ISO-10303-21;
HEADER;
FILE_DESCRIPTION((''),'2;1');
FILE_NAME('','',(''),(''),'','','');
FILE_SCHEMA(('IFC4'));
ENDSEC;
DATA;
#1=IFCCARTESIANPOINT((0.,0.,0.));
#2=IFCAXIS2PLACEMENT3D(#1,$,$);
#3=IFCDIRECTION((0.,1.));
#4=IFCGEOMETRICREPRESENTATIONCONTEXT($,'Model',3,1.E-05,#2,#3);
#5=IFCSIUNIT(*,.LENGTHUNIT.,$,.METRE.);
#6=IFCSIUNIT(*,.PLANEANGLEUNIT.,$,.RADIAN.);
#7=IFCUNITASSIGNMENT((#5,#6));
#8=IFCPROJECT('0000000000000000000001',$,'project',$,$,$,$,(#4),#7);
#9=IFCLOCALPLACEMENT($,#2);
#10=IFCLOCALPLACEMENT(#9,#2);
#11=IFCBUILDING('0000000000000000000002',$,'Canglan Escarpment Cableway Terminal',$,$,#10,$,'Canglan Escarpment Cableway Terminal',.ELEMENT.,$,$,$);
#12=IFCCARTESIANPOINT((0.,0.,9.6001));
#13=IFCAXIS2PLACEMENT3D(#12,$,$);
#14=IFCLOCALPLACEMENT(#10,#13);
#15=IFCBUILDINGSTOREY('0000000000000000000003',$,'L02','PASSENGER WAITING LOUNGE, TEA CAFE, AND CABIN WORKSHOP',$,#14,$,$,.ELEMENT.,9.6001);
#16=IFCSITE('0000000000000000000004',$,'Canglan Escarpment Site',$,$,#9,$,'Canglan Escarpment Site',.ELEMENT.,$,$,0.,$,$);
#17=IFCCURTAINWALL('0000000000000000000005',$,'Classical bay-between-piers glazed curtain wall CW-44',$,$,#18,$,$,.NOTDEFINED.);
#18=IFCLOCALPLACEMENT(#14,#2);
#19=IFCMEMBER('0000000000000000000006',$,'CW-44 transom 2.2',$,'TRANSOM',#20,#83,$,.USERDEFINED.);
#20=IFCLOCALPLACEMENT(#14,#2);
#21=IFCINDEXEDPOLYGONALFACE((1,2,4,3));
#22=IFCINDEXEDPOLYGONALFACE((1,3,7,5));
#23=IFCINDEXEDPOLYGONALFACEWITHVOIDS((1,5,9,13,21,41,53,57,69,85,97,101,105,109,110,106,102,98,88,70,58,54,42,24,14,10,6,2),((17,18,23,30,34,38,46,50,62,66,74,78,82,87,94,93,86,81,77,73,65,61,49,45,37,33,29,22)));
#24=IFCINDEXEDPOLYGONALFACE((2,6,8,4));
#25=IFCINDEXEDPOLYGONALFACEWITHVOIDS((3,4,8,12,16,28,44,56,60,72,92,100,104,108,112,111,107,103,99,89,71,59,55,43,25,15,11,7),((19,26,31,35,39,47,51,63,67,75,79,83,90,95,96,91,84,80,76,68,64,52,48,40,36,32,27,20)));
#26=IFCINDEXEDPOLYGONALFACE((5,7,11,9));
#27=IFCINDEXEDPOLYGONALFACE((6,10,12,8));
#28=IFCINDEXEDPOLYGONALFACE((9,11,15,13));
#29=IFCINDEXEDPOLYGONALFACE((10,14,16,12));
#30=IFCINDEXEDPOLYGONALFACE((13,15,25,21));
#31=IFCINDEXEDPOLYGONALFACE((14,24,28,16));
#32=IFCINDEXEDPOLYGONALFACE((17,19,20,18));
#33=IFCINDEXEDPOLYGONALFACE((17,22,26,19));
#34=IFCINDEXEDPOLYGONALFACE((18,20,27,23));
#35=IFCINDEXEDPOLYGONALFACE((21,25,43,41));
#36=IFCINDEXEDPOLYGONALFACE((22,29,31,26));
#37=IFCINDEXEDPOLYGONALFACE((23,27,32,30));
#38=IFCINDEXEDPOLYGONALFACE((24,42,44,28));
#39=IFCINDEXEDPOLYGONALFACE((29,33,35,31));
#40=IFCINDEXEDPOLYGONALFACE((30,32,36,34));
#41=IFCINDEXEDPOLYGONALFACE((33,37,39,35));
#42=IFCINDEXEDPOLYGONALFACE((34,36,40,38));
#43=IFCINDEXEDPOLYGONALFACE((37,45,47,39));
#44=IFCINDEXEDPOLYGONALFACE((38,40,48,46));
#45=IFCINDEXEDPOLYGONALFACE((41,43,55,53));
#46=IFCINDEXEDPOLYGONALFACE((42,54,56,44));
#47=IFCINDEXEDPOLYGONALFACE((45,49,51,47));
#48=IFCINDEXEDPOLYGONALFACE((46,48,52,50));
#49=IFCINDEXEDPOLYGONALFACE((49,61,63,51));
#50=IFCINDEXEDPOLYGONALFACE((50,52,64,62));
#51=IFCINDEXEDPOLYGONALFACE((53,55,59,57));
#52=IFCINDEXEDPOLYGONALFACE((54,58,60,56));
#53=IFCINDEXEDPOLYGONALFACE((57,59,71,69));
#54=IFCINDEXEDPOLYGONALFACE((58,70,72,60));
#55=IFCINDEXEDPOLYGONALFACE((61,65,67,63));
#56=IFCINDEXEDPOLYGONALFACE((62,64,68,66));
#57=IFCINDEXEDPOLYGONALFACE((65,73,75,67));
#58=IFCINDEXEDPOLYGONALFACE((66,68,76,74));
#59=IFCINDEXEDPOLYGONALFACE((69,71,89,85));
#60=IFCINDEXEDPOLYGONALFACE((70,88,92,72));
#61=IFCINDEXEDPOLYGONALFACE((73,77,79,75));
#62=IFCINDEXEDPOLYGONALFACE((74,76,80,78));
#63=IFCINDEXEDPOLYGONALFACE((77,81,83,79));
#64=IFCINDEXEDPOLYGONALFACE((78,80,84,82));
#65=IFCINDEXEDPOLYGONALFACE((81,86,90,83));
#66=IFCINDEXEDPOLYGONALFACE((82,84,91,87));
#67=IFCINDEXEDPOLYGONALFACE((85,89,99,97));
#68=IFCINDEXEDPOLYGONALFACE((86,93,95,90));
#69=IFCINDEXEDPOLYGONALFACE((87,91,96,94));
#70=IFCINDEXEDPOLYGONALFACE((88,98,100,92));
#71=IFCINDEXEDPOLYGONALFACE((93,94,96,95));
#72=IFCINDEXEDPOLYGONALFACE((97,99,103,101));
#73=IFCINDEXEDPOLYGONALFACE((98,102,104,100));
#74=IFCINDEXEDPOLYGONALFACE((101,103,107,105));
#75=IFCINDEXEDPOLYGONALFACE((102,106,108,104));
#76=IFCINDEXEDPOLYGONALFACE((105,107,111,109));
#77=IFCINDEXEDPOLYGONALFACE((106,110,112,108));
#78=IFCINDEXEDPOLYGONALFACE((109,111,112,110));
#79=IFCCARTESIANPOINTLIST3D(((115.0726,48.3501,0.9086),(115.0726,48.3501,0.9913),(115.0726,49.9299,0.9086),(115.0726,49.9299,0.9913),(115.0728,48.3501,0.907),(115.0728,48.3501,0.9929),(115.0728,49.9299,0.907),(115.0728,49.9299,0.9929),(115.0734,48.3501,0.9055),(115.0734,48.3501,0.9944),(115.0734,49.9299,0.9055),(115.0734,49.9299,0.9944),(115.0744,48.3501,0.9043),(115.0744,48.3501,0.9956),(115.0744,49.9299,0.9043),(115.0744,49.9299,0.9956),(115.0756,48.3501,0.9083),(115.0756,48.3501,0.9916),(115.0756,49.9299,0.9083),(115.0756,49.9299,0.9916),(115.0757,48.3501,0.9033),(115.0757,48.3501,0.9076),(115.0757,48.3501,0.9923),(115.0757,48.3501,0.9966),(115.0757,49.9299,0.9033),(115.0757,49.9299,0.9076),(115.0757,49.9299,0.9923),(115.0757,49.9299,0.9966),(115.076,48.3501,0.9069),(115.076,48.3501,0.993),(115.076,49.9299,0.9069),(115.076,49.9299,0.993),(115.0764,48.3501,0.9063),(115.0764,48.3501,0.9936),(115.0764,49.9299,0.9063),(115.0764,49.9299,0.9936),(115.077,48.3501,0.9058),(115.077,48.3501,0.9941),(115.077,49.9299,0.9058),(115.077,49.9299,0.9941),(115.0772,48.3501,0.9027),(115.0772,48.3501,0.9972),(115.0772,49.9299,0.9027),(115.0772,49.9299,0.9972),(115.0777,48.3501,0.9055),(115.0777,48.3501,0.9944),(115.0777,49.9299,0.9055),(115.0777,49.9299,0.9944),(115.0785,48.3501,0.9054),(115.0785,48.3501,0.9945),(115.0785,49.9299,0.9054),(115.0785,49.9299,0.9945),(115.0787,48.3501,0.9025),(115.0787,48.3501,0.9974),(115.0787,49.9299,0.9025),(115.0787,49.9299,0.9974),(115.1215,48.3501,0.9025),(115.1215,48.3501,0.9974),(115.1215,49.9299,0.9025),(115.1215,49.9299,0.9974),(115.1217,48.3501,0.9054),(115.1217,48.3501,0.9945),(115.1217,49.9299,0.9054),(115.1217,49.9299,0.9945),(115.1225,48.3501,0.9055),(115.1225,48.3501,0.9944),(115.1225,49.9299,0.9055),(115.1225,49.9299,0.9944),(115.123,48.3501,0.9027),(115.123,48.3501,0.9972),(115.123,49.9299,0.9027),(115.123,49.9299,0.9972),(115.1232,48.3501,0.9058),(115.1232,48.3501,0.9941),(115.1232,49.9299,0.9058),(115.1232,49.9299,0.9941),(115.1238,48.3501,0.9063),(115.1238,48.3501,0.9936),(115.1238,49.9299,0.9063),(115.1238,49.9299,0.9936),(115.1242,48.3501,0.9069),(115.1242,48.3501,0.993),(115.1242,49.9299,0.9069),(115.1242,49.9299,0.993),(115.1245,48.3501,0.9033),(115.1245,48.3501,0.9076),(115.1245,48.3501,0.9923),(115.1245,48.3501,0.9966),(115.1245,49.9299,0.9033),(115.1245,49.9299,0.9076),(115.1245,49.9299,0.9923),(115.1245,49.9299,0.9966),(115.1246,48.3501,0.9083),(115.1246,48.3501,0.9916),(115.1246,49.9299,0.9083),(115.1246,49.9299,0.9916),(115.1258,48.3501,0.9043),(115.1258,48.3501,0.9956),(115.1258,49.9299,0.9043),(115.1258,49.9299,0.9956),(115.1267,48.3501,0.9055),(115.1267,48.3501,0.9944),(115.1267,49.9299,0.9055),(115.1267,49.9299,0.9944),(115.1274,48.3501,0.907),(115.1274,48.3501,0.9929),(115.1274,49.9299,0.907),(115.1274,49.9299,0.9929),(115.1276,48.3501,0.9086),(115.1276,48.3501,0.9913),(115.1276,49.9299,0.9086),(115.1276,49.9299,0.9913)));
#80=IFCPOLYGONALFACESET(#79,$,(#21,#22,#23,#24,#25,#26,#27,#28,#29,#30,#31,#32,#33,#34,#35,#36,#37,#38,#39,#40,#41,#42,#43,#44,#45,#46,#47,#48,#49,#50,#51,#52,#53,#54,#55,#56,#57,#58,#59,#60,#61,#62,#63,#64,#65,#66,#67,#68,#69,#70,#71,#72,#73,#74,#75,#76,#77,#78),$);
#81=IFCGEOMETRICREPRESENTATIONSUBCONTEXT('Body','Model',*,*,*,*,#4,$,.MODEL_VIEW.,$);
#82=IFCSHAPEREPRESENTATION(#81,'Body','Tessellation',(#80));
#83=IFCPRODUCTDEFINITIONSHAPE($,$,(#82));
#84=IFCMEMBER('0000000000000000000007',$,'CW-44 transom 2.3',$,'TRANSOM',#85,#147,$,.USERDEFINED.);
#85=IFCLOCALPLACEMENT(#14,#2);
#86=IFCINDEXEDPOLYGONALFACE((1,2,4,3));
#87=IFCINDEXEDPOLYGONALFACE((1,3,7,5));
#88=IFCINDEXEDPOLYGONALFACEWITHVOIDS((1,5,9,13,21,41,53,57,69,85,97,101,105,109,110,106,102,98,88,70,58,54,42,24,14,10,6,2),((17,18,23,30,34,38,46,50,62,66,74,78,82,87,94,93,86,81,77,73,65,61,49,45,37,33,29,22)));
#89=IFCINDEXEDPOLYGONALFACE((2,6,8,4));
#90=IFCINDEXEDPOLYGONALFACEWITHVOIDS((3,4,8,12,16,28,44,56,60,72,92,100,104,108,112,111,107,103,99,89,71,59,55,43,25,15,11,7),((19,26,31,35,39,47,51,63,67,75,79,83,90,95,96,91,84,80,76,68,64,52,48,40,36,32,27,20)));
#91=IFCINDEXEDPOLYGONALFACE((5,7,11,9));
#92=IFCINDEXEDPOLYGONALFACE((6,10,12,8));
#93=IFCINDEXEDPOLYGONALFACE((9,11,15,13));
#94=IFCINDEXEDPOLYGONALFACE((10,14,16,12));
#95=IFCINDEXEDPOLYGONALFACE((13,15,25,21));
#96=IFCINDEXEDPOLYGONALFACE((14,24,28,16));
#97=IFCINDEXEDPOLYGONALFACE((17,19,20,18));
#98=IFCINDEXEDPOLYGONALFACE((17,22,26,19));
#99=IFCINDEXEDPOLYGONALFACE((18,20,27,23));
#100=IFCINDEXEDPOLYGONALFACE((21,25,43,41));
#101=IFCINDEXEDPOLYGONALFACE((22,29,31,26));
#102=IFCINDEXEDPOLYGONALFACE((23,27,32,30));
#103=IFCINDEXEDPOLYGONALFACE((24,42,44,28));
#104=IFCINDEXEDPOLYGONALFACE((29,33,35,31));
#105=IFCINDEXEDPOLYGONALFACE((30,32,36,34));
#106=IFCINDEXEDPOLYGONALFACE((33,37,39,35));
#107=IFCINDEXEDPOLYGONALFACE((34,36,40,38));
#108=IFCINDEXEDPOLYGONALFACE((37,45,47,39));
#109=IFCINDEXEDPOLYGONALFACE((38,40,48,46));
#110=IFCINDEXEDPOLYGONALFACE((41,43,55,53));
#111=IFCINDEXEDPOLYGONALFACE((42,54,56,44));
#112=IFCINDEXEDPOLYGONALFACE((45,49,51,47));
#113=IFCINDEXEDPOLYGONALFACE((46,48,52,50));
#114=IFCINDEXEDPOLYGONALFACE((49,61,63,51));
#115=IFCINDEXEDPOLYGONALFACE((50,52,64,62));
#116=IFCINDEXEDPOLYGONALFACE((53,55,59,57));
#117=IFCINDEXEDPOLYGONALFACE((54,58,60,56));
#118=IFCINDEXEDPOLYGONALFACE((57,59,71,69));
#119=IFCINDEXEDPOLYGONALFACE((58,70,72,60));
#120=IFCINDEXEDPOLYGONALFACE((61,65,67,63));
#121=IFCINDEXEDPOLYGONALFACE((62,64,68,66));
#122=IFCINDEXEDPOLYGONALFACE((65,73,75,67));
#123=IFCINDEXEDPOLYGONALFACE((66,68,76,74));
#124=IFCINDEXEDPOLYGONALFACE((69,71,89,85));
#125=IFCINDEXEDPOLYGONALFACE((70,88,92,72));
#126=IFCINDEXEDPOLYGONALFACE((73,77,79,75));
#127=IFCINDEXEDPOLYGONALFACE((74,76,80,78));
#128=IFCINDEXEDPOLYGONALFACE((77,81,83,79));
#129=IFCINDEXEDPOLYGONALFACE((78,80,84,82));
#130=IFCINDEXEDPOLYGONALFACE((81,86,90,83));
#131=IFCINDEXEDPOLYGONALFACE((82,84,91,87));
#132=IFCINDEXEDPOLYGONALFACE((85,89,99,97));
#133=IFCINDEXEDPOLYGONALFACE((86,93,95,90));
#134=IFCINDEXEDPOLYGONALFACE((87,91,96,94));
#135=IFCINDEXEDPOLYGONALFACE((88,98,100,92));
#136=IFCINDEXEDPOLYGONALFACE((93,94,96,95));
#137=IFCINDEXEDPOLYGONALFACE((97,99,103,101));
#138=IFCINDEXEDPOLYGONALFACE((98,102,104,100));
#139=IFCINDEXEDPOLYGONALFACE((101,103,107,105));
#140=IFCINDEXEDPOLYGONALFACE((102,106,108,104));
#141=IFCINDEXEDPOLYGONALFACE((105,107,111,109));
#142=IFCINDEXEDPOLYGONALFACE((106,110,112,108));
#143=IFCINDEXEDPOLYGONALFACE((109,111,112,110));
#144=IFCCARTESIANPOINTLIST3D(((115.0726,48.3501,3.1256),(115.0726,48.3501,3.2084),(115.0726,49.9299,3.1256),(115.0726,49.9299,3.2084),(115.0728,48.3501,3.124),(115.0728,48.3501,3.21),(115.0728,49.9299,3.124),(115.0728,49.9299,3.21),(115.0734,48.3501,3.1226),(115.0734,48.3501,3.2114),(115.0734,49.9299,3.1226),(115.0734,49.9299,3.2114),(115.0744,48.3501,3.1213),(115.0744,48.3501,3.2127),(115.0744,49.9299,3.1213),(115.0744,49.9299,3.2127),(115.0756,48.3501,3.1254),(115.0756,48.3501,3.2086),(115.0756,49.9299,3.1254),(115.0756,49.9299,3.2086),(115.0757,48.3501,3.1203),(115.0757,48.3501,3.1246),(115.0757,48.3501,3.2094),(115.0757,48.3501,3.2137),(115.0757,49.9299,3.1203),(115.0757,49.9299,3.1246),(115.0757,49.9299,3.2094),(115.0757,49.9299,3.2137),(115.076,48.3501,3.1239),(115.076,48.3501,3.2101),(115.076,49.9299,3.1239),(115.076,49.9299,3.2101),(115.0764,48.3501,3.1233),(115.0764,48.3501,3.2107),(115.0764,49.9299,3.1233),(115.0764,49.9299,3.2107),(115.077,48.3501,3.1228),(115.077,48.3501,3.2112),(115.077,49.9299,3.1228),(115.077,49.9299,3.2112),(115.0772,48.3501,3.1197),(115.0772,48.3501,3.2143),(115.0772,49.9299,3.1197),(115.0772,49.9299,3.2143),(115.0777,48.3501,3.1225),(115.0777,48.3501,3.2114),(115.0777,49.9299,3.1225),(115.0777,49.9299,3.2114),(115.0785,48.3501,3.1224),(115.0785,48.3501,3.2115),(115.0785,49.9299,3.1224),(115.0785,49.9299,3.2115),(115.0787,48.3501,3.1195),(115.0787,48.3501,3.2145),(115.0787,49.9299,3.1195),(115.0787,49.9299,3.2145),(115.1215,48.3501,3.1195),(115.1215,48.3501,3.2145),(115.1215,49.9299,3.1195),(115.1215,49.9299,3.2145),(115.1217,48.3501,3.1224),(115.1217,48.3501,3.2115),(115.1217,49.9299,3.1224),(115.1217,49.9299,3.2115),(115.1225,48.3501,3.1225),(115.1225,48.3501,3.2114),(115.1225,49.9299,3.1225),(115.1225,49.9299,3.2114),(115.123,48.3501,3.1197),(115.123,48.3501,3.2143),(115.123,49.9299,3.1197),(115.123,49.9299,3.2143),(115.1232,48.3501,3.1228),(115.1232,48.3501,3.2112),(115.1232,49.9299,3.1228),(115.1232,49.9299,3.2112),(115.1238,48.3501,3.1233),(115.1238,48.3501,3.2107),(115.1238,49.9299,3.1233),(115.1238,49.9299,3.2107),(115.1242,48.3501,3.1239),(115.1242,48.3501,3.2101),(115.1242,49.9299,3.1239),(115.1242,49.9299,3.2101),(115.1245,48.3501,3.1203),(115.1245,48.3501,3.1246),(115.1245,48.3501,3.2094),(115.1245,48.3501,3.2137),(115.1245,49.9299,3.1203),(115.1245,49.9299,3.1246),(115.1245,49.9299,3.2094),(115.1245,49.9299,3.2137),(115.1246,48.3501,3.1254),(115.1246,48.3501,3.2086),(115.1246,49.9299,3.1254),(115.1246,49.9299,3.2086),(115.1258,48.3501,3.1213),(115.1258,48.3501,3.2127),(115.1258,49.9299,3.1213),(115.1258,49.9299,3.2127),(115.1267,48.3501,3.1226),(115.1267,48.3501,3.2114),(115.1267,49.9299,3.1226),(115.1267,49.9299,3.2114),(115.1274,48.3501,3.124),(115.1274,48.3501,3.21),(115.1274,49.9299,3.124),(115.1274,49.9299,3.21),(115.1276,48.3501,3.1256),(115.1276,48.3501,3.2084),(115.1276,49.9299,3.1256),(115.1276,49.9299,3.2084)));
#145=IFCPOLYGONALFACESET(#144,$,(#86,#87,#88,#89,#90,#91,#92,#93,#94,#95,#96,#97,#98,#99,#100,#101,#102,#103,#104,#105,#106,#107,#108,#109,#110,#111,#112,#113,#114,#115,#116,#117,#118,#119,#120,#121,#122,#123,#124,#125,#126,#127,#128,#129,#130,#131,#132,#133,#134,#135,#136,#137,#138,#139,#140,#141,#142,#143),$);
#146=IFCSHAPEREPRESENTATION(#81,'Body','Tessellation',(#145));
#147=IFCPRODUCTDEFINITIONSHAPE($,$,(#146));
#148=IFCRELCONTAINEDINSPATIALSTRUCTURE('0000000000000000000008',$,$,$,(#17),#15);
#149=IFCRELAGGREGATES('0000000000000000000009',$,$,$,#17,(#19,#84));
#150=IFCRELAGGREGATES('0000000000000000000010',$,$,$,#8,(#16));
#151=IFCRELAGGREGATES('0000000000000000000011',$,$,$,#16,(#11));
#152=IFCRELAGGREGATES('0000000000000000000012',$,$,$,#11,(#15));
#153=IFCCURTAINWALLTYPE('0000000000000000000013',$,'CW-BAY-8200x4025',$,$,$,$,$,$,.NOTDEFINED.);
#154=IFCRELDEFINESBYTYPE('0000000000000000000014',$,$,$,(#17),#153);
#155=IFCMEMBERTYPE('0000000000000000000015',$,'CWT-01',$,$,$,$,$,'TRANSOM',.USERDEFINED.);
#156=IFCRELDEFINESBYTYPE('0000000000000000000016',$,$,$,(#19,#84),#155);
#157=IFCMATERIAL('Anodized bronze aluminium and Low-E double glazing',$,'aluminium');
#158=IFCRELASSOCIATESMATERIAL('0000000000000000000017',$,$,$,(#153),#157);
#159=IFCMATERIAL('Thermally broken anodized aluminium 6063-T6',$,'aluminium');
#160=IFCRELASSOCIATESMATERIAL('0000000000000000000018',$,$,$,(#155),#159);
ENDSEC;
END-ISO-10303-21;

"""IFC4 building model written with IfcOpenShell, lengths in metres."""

from ifc_helpers import new_model, si_unit, direction, frame, origin, origin_2d, place, context, subcontext, project, spatial, hollow_rectangle, extrude, material, material_profile, profile_set, type_object, element, aggregate, save


model = new_model("IFC4")

# Units and contexts
model_context = context("Model", 3, precision=1e-05, world=origin(), true_north=direction((0.0, 1.0)))
body_context = subcontext(model_context, "Body", "Model", "MODEL_VIEW")
ifc_project = project(units=[si_unit("LENGTHUNIT", "METRE"), si_unit("PLANEANGLEUNIT", "RADIAN")], contexts=[model_context])

# Site, building, storey
site_placement = place(None, origin())
site = spatial("IfcSite", under=ifc_project, at=site_placement, Name="Canglan Escarpment Site", LongName="Canglan Escarpment Site", CompositionType="ELEMENT", RefElevation=0.0)
building_placement = place(site_placement, origin())
building = spatial("IfcBuilding", under=site, at=building_placement, Name="Canglan Escarpment Cableway Terminal", LongName="Canglan Escarpment Cableway Terminal", CompositionType="ELEMENT")
storey_placement = place(building_placement, frame((0.0, 0.0, 9.6001)))
storey = spatial("IfcBuildingStorey", under=building, at=storey_placement, Name="L02", Description="PASSENGER WAITING LOUNGE, TEA CAFE, AND CABIN WORKSHOP", CompositionType="ELEMENT", Elevation=9.6001)

# Curtain wall, members
ifc_material_1 = material(Name="Anodized bronze aluminium and Low-E double glazing", Category="aluminium")
curtain_wall_type = type_object("IfcCurtainWallType", Name="CW-BAY-8200x4025", PredefinedType="NOTDEFINED", material=ifc_material_1)
curtain_wall_placement = place(storey_placement, origin())
curtain_wall = element("IfcCurtainWall", 1, at=curtain_wall_placement, inside=storey, type_object=curtain_wall_type, Name="Classical bay-between-piers glazed curtain wall CW-44", PredefinedType="NOTDEFINED")
ifc_material_2 = material(Name="Thermally broken anodized aluminium 6063-T6", Category="aluminium")
ifc_material_profile_1 = material_profile(ifc_material_2, hollow_rectangle(XDim=0.0549, YDim=0.095, WallThickness=0.0029, InnerFilletRadius=0.0029, OuterFilletRadius=0.0061, at=origin_2d()), Name="ALU-TRAN 55x95x3")
ifc_profile_set_1 = profile_set([ifc_material_profile_1], Name="Thermally broken anodized aluminium 6063-T6")
member_type_1 = type_object("IfcMemberType", Name="CWT-01", ElementType="TRANSOM", PredefinedType="USERDEFINED", material=ifc_profile_set_1)
member_1_placement = place(storey_placement, frame((115.1001, 49.9299, 0.95), z_axis=(0.0, -1.0, 0.0), x_axis=(1.0, 0.0, 0.0)))
member_1 = element("IfcMember", 2, at=member_1_placement, type_object=member_type_1, Name="CW-44 transom 2.2", ObjectType="TRANSOM", PredefinedType="USERDEFINED", context=body_context, shape_type="SweptSolid", body=[
    extrude(hollow_rectangle(XDim=0.0549, YDim=0.095, WallThickness=0.0029, InnerFilletRadius=0.0029, OuterFilletRadius=0.0061, at=origin_2d()), origin(), (0.0, 0.0, 1.0), 1.5798),
])
member_2_placement = place(storey_placement, frame((115.1001, 49.9299, 3.167), z_axis=(0.0, -1.0, 0.0), x_axis=(1.0, 0.0, 0.0)))
member_2 = element("IfcMember", 3, at=member_2_placement, type_object=member_type_1, Name="CW-44 transom 2.3", ObjectType="TRANSOM", PredefinedType="USERDEFINED", context=body_context, shape_type="SweptSolid", body=[
    extrude(hollow_rectangle(XDim=0.0549, YDim=0.095, WallThickness=0.0029, InnerFilletRadius=0.0029, OuterFilletRadius=0.0061, at=origin_2d()), origin(), (0.0, 0.0, 1.0), 1.5798),
])
aggregate(curtain_wall, [member_1, member_2])

save(model, "model.ifc")
